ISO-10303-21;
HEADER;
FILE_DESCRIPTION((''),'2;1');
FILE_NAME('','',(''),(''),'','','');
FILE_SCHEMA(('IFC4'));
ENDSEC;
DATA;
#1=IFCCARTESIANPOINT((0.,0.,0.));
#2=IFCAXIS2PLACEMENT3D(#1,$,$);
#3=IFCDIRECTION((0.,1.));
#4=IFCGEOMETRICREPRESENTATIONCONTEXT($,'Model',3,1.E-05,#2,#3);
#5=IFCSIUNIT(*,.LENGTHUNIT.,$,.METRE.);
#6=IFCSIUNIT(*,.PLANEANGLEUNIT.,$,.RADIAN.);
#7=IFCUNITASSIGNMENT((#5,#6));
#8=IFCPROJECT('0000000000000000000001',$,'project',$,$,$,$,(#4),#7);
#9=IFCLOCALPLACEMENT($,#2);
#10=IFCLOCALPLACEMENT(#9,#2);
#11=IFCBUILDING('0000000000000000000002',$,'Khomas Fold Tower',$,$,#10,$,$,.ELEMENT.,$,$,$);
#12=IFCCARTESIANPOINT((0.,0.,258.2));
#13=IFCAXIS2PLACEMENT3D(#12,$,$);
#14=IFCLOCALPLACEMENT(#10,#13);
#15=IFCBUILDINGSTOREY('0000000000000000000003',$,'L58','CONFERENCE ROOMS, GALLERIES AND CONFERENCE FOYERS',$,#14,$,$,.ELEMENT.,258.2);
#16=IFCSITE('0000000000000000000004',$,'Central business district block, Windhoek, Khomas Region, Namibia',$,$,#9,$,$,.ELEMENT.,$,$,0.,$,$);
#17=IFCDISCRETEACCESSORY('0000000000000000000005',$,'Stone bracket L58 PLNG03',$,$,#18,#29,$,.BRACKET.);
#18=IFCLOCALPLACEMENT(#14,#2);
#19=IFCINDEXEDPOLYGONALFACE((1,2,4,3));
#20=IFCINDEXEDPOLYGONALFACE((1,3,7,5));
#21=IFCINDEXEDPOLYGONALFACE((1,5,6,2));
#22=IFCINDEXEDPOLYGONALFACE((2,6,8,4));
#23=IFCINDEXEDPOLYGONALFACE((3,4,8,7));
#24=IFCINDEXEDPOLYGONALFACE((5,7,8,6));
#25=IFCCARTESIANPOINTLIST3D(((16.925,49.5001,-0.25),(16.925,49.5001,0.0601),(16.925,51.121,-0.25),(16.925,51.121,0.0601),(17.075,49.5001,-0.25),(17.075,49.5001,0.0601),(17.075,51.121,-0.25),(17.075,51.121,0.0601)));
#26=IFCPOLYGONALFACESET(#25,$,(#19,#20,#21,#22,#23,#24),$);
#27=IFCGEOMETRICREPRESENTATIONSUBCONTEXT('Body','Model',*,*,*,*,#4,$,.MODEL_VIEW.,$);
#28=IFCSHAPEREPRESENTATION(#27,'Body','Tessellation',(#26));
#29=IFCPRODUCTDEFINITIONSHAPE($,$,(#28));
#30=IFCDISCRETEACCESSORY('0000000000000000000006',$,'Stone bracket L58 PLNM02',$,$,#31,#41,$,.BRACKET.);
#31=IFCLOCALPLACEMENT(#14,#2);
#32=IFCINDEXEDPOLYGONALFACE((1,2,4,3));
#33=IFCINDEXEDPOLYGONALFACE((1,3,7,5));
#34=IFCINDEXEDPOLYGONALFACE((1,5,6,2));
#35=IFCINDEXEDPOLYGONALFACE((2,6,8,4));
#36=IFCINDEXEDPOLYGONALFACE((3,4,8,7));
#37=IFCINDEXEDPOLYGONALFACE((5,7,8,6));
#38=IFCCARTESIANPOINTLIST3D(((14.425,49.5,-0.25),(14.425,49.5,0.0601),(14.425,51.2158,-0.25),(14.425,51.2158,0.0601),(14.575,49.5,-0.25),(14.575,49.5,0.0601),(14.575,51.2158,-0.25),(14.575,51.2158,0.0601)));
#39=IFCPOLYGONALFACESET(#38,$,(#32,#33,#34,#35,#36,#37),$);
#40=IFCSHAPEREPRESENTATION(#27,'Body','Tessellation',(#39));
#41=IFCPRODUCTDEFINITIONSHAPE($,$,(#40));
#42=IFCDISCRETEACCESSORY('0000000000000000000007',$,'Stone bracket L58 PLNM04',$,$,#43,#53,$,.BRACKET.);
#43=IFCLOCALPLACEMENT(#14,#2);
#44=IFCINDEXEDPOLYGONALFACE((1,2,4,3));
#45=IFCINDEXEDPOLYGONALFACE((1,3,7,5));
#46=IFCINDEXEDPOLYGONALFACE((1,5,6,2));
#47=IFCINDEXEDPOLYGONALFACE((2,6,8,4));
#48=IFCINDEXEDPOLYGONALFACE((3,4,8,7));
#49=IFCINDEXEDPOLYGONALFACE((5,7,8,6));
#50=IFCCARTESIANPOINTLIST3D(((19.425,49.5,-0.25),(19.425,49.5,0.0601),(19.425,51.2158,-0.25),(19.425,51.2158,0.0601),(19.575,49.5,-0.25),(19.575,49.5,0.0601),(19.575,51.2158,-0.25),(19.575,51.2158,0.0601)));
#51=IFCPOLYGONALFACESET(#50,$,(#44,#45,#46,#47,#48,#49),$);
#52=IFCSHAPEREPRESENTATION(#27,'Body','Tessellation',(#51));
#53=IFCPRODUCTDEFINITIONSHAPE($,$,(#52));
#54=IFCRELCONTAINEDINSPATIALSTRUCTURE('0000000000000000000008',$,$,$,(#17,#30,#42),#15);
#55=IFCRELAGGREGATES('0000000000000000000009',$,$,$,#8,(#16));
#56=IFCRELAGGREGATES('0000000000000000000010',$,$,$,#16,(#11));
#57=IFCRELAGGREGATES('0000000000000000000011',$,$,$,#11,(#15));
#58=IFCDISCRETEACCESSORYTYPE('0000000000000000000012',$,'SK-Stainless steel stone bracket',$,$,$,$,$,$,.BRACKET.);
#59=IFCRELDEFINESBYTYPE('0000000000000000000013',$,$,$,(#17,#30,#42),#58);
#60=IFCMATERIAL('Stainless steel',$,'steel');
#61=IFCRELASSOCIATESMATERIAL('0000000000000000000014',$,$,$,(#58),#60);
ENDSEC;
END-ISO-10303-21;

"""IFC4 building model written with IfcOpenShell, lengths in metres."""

from ifc_helpers import new_model, si_unit, direction, frame, origin, origin_2d, place, context, subcontext, project, spatial, rectangle, extrude, source, transform, mapped, material, type_object, element, save


model = new_model("IFC4")

# Units and contexts
model_context = context("Model", 3, precision=1e-05, world=origin(), true_north=direction((0.0, 1.0)))
body_context = subcontext(model_context, "Body", "Model", "MODEL_VIEW")
ifc_project = project(units=[si_unit("LENGTHUNIT", "METRE"), si_unit("PLANEANGLEUNIT", "RADIAN")], contexts=[model_context])

# Site, building, storey
site_placement = place(None, origin())
site = spatial("IfcSite", under=ifc_project, at=site_placement, Name="Central business district block, Windhoek, Khomas Region, Namibia", CompositionType="ELEMENT", RefElevation=0.0)
building_placement = place(site_placement, origin())
building = spatial("IfcBuilding", under=site, at=building_placement, Name="Khomas Fold Tower", CompositionType="ELEMENT")
storey_placement = place(building_placement, frame((0.0, 0.0, 258.2)))
storey = spatial("IfcBuildingStorey", under=building, at=storey_placement, Name="L58", Description="CONFERENCE ROOMS, GALLERIES AND CONFERENCE FOYERS", CompositionType="ELEMENT", Elevation=258.2)

# Discrete accessories
ifc_material_1 = material(Name="Stainless steel", Category="steel")
discrete_accessory_type = type_object("IfcDiscreteAccessoryType", Name="SK-Stainless steel stone bracket", PredefinedType="BRACKET", material=ifc_material_1)
shared_shape_1 = source(origin(), body_context, "Body", "SweptSolid", [
    extrude(rectangle(XDim=1.6208, YDim=0.1499, at=origin_2d()), origin(), (0.0, 0.0, 1.0), 0.3101),
])
for number, where, z_axis, x_axis, name in (
    (1, (17.0, 50.3105, -0.25), (0.0, 0.0, 1.0), (0.0, 1.0, 0.0), "Stone bracket L58 PLNG03"),
):
    element("IfcDiscreteAccessory", number, at=place(storey_placement, frame(where, z_axis=z_axis, x_axis=x_axis)), inside=storey, type_object=discrete_accessory_type, Name=name, PredefinedType="BRACKET", context=body_context, shape_type="MappedRepresentation", body=[
        mapped(shared_shape_1, transform((0.0, 0.0, 0.0))),
    ])
shared_shape_2 = source(origin(), body_context, "Body", "SweptSolid", [
    extrude(rectangle(XDim=1.7158, YDim=0.1499, at=origin_2d()), origin(), (0.0, 0.0, 1.0), 0.3101),
])
for number, where, z_axis, x_axis, name in (
    (2, (14.5, 50.3579, -0.25), (0.0, 0.0, 1.0), (0.0, 1.0, 0.0), "Stone bracket L58 PLNM02"),
    (3, (19.5, 50.3579, -0.25), (0.0, 0.0, 1.0), (0.0, 1.0, 0.0), "Stone bracket L58 PLNM04"),
):
    element("IfcDiscreteAccessory", number, at=place(storey_placement, frame(where, z_axis=z_axis, x_axis=x_axis)), inside=storey, type_object=discrete_accessory_type, Name=name, PredefinedType="BRACKET", context=body_context, shape_type="MappedRepresentation", body=[
        mapped(shared_shape_2, transform((0.0, 0.0, 0.0))),
    ])

save(model, "model.ifc")
